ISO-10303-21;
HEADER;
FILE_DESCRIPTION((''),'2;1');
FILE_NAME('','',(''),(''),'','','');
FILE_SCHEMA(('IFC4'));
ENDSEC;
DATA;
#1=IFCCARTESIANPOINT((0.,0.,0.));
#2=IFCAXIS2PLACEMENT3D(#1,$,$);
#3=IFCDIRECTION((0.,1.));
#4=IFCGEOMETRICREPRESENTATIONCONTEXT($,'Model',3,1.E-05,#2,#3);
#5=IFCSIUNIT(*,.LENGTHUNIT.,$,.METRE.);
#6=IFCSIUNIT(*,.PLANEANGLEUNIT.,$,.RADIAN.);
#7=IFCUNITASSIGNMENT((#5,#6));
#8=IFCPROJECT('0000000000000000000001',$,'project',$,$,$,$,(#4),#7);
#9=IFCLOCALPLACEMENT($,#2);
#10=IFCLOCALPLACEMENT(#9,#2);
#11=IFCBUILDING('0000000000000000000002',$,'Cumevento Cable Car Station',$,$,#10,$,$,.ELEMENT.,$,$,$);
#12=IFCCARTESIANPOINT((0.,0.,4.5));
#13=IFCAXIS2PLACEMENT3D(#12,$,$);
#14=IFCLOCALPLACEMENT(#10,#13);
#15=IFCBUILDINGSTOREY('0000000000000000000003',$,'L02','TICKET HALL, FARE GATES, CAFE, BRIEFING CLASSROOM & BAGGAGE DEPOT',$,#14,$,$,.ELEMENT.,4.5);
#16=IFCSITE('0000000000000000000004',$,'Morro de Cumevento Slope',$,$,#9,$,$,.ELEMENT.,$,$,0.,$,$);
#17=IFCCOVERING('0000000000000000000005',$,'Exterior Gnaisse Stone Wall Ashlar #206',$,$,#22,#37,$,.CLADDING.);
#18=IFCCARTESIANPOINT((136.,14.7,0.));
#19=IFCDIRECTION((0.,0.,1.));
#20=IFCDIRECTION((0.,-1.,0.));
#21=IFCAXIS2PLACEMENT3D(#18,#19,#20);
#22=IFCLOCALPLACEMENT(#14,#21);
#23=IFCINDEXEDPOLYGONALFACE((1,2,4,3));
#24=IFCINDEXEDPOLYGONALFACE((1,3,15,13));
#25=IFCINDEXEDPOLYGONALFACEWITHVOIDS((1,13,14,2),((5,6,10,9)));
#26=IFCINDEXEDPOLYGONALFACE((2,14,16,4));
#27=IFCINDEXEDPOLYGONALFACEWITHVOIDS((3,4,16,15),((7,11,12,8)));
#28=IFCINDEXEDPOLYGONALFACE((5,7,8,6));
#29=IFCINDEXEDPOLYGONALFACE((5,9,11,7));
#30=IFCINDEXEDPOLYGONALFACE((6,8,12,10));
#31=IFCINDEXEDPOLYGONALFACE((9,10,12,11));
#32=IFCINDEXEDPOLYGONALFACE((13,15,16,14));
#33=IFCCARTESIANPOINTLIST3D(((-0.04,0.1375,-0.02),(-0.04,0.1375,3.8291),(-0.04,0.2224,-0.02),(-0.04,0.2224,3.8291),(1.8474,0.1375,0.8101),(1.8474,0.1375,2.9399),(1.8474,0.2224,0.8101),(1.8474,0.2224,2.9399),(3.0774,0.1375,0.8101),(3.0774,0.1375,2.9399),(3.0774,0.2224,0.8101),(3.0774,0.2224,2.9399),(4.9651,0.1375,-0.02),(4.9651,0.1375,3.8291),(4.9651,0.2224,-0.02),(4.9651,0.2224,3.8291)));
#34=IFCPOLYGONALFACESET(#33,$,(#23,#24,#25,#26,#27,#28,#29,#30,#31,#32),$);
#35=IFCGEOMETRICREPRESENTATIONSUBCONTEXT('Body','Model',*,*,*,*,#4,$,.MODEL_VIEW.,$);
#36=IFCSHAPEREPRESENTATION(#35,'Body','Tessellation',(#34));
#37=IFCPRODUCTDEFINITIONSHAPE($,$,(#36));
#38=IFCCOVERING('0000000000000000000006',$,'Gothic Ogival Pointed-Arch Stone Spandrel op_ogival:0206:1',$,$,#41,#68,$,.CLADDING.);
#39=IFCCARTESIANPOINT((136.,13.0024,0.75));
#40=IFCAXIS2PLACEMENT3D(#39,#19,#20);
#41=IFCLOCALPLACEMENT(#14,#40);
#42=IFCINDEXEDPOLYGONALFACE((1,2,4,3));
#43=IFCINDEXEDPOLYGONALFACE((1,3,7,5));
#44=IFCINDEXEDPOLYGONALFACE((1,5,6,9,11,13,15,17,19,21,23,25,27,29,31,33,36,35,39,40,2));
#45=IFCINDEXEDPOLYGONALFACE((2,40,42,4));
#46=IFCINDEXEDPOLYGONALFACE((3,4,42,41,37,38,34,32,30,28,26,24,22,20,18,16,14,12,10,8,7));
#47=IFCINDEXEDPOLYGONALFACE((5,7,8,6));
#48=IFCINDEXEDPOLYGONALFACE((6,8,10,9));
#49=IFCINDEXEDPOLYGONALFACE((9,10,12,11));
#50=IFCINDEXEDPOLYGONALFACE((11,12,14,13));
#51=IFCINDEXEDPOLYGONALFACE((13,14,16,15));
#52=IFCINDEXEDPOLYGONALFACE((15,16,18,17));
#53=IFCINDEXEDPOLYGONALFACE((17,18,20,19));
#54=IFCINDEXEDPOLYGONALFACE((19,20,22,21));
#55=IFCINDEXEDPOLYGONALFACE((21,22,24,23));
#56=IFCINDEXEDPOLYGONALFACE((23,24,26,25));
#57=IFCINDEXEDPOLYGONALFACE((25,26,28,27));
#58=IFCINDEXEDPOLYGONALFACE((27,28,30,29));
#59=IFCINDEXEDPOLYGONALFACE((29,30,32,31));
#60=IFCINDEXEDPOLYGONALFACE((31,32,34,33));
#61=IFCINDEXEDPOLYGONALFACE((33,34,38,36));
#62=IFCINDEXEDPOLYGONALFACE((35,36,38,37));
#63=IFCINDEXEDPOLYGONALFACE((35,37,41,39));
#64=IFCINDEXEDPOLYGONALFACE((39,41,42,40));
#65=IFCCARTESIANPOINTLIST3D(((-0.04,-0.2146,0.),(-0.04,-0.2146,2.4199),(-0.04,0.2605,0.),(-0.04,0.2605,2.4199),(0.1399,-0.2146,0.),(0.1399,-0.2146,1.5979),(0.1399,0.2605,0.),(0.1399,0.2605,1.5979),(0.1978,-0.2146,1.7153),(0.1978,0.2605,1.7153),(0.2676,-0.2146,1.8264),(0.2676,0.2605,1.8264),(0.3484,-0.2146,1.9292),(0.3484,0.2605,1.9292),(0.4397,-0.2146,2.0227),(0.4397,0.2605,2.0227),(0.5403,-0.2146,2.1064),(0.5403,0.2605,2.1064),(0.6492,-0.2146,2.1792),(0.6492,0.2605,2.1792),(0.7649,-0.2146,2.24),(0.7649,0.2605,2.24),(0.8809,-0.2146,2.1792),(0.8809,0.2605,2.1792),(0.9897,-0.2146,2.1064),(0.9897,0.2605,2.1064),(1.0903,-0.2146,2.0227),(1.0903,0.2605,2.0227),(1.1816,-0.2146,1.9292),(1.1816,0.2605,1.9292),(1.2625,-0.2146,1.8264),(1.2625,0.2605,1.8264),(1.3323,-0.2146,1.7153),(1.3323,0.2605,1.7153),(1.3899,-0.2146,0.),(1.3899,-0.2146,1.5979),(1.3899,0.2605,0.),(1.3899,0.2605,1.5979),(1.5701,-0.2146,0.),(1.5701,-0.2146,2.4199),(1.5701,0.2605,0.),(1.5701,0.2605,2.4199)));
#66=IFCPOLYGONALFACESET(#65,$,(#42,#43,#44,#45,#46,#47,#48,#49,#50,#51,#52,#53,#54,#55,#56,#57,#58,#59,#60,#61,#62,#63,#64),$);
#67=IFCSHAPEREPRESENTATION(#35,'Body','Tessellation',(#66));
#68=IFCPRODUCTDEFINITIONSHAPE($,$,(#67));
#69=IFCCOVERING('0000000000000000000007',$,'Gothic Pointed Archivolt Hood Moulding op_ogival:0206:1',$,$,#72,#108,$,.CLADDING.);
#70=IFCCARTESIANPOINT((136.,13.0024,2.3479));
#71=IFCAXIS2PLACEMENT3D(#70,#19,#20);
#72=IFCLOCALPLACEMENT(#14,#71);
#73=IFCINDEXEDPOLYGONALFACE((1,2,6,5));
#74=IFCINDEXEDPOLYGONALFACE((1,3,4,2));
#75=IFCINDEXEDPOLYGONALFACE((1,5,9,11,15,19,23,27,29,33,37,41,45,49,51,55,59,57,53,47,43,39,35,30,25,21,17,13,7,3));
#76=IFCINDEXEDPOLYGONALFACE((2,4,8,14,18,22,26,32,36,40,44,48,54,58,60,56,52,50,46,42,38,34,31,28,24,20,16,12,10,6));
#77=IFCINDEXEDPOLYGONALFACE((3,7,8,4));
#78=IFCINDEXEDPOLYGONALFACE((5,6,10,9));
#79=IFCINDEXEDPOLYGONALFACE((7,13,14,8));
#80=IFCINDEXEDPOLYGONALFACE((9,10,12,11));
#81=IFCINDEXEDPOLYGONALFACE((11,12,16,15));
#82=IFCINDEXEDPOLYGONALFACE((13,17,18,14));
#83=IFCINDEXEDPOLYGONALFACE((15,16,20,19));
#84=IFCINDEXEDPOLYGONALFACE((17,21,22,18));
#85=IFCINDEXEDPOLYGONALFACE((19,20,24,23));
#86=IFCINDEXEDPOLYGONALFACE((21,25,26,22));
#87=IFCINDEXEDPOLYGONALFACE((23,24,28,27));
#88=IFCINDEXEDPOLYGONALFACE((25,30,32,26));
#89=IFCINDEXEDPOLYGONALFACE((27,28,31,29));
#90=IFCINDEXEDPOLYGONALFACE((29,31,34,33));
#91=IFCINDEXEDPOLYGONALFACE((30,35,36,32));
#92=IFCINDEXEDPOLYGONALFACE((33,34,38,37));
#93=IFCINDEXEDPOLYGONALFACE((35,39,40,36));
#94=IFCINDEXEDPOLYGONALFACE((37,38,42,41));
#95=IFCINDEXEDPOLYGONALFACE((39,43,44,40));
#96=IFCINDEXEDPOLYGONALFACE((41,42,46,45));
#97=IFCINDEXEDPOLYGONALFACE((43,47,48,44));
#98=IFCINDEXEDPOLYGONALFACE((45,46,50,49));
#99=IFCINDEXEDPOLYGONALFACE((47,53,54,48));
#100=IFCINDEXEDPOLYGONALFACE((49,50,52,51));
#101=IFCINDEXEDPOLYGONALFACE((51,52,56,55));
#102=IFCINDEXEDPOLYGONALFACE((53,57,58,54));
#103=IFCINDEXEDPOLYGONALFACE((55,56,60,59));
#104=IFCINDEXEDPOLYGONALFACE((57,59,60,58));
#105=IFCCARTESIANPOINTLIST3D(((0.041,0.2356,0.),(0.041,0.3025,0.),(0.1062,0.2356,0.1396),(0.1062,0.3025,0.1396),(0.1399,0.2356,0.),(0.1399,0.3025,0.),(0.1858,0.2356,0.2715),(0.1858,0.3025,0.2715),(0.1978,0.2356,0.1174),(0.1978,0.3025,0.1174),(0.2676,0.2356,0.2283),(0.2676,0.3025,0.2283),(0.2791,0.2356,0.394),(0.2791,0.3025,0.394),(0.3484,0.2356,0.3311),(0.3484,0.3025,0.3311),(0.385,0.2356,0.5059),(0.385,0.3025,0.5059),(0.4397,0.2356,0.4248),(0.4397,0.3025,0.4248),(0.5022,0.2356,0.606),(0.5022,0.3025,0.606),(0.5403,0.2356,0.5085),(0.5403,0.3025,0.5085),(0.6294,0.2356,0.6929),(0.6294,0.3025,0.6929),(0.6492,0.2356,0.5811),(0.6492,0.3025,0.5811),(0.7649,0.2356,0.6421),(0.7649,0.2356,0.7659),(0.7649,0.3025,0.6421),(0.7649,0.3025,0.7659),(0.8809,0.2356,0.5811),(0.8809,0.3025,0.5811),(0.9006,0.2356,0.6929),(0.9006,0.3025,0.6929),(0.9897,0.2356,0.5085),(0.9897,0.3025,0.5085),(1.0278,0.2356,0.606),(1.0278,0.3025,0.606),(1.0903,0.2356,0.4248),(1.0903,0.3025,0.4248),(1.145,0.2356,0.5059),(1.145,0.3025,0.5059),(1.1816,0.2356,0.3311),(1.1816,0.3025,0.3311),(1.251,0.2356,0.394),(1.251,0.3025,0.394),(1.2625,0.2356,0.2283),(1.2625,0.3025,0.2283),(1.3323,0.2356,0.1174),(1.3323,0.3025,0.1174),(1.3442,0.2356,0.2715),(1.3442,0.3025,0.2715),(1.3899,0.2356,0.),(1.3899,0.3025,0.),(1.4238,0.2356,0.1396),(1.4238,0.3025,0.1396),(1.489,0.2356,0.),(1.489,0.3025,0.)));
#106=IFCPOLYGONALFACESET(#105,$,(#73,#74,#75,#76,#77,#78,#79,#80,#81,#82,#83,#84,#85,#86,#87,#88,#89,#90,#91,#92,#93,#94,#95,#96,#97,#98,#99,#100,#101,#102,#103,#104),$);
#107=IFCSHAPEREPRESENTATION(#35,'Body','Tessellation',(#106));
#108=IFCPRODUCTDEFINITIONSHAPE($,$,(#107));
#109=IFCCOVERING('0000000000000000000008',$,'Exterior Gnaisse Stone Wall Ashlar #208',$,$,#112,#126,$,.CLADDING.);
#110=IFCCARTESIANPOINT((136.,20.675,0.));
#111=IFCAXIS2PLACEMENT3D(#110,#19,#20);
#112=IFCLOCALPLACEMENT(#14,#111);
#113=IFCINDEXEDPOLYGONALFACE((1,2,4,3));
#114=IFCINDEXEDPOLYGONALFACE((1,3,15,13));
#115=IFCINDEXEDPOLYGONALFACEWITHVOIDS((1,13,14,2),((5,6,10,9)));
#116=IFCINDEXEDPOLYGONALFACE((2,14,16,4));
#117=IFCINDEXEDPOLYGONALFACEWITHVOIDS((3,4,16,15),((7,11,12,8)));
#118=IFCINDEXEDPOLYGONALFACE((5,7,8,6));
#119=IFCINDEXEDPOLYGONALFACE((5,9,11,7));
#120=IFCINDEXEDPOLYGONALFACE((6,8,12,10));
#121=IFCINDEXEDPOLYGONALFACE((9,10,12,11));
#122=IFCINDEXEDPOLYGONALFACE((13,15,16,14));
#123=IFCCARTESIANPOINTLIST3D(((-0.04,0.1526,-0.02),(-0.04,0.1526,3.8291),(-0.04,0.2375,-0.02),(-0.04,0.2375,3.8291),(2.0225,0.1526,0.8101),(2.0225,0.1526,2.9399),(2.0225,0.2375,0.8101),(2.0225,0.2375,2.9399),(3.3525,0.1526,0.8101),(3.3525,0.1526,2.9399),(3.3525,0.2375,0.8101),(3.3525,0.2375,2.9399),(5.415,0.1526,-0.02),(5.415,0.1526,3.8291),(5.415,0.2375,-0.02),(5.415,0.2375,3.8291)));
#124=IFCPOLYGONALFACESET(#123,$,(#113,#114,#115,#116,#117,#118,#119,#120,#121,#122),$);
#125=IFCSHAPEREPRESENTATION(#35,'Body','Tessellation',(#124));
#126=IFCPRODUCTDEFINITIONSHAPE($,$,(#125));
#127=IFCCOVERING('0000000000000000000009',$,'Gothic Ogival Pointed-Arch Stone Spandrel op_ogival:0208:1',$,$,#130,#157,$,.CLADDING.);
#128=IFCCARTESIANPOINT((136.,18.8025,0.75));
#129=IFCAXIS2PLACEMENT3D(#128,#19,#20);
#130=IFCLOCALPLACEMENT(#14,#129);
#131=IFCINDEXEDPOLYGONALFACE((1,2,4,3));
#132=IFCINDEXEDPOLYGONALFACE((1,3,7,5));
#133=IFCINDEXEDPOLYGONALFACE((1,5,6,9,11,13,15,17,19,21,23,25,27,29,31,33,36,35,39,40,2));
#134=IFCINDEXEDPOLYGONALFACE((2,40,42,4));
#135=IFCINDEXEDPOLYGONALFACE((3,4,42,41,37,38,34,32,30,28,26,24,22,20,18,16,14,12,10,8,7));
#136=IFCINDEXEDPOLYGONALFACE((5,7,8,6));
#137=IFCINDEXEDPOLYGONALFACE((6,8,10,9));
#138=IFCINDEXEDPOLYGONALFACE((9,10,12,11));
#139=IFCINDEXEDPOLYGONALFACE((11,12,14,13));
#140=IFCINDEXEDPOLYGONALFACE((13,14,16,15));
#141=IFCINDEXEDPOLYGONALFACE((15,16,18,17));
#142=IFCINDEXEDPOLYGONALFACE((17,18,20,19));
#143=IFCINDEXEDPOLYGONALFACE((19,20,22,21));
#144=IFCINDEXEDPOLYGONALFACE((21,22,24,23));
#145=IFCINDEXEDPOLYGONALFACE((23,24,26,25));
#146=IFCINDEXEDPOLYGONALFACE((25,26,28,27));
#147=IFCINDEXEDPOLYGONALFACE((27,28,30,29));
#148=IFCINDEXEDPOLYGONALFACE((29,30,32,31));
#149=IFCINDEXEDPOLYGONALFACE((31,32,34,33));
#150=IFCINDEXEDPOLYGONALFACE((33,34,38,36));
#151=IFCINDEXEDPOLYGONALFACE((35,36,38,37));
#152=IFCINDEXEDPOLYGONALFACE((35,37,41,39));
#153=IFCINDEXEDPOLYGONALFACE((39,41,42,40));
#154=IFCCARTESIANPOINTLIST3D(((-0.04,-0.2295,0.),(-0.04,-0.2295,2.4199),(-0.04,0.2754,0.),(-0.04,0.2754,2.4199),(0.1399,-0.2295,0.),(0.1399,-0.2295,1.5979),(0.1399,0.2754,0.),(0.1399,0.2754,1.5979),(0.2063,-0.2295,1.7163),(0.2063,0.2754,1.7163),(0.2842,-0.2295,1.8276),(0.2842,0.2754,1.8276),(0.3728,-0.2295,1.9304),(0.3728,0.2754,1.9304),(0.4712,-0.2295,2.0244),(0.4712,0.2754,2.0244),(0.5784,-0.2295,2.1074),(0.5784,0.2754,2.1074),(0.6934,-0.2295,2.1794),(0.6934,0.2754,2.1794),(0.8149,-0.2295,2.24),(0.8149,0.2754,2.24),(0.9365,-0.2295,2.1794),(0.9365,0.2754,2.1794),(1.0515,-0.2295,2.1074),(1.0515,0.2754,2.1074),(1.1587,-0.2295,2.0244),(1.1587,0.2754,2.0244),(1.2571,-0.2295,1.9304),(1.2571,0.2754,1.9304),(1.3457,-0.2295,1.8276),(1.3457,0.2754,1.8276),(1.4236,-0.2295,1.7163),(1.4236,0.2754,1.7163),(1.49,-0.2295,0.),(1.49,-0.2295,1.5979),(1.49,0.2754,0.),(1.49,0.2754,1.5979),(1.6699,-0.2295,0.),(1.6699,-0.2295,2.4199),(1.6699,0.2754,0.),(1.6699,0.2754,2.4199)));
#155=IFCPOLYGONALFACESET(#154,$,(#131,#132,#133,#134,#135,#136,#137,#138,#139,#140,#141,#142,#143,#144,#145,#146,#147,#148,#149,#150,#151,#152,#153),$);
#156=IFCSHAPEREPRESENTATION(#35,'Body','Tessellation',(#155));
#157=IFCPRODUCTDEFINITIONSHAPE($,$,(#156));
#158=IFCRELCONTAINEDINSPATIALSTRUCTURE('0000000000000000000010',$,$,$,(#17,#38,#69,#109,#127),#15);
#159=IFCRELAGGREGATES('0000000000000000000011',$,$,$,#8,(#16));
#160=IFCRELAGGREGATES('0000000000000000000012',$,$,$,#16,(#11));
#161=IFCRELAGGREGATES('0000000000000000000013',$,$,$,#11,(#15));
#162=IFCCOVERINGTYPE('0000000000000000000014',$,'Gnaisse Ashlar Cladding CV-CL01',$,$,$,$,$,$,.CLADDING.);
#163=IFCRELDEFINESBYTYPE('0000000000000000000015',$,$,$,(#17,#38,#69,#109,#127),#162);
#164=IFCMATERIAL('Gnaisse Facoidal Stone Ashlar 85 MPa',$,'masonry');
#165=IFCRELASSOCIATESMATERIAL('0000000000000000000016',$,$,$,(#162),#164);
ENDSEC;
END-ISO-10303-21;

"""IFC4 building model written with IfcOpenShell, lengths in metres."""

from ifc_helpers import new_model, si_unit, direction, frame, origin, place, context, subcontext, project, spatial, polyline, outline, extrude, material, type_object, element, save


model = new_model("IFC4")

# Units and contexts
model_context = context("Model", 3, precision=1e-05, world=origin(), true_north=direction((0.0, 1.0)))
body_context = subcontext(model_context, "Body", "Model", "MODEL_VIEW")
ifc_project = project(units=[si_unit("LENGTHUNIT", "METRE"), si_unit("PLANEANGLEUNIT", "RADIAN")], contexts=[model_context])

# Site, building, storey
site_placement = place(None, origin())
site = spatial("IfcSite", under=ifc_project, at=site_placement, Name="Morro de Cumevento Slope", CompositionType="ELEMENT", RefElevation=0.0)
building_placement = place(site_placement, origin())
building = spatial("IfcBuilding", under=site, at=building_placement, Name="Cumevento Cable Car Station", CompositionType="ELEMENT")
storey_placement = place(building_placement, frame((0.0, 0.0, 4.5)))
storey = spatial("IfcBuildingStorey", under=building, at=storey_placement, Name="L02", Description="TICKET HALL, FARE GATES, CAFE, BRIEFING CLASSROOM & BAGGAGE DEPOT", CompositionType="ELEMENT", Elevation=4.5)

# Coverings
ifc_material_1 = material(Name="Gnaisse Facoidal Stone Ashlar 85 MPa", Category="masonry")
covering_type = type_object("IfcCoveringType", Name="Gnaisse Ashlar Cladding CV-CL01", PredefinedType="CLADDING", material=ifc_material_1)
covering_1_placement = place(storey_placement, frame((136.0, 14.7, 0.0), z_axis=(0.0, 0.0, 1.0), x_axis=(0.0, -1.0, 0.0)))
element("IfcCovering", 1, at=covering_1_placement, inside=storey, type_object=covering_type, Name="Exterior Gnaisse Stone Wall Ashlar #206", PredefinedType="CLADDING", context=body_context, shape_type="SweptSolid", body=[
    extrude(outline(polyline([(-0.04, -0.02), (4.9651, -0.02), (4.9651, 3.8291), (-0.04, 3.8291), (-0.04, -0.02)]), holes=[polyline([(1.8474, 0.8101), (3.0774, 0.8101), (3.0774, 2.9399), (1.8474, 2.9399), (1.8474, 0.8101)])]), frame((0.0, 0.2224, 0.0), z_axis=(0.0, -1.0, 0.0), x_axis=(1.0, 0.0, 0.0)), (0.0, 0.0, 1.0), 0.085),
])
covering_2_placement = place(storey_placement, frame((136.0, 13.0024, 0.75), z_axis=(0.0, 0.0, 1.0), x_axis=(0.0, -1.0, 0.0)))
element("IfcCovering", 2, at=covering_2_placement, inside=storey, type_object=covering_type, Name="Gothic Ogival Pointed-Arch Stone Spandrel op_ogival:0206:1", PredefinedType="CLADDING", context=body_context, shape_type="SweptSolid", body=[
    extrude(outline(polyline([(-0.04, 0.0), (-0.04, 2.4199), (1.5701, 2.4199), (1.5701, 0.0), (1.3899, 0.0), (1.3899, 1.5979), (1.3323, 1.7153), (1.2625, 1.8264), (1.1816, 1.9292), (1.0903, 2.0227), (0.9897, 2.1064), (0.8809, 2.1792), (0.7649, 2.24), (0.6492, 2.1792), (0.5403, 2.1064), (0.4397, 2.0227), (0.3484, 1.9292), (0.2676, 1.8264), (0.1978, 1.7153), (0.1399, 1.5979), (0.1399, 0.0), (-0.04, 0.0)])), frame((0.0, 0.2605, 0.0), z_axis=(0.0, -1.0, 0.0), x_axis=(1.0, 0.0, 0.0)), (0.0, 0.0, 1.0), 0.4751),
])
covering_3_placement = place(storey_placement, frame((136.0, 13.0024, 2.3479), z_axis=(0.0, 0.0, 1.0), x_axis=(0.0, -1.0, 0.0)))
element("IfcCovering", 3, at=covering_3_placement, inside=storey, type_object=covering_type, Name="Gothic Pointed Archivolt Hood Moulding op_ogival:0206:1", PredefinedType="CLADDING", context=body_context, shape_type="SweptSolid", body=[
    extrude(outline(polyline([(0.1399, 0.0), (0.1978, 0.1174), (0.2676, 0.2283), (0.3484, 0.3311), (0.4397, 0.4248), (0.5403, 0.5085), (0.6492, 0.5811), (0.7649, 0.6421), (0.8809, 0.5811), (0.9897, 0.5085), (1.0903, 0.4248), (1.1816, 0.3311), (1.2625, 0.2283), (1.3323, 0.1174), (1.3899, 0.0), (1.489, 0.0), (1.4238, 0.1396), (1.3442, 0.2715), (1.251, 0.394), (1.145, 0.5059), (1.0278, 0.606), (0.9006, 0.6929), (0.7649, 0.7659), (0.6294, 0.6929), (0.5022, 0.606), (0.385, 0.5059), (0.2791, 0.394), (0.1858, 0.2715), (0.1062, 0.1396), (0.041, 0.0), (0.1399, 0.0)])), frame((0.0, 0.3025, 0.0), z_axis=(0.0, -1.0, 0.0), x_axis=(1.0, 0.0, 0.0)), (0.0, 0.0, 1.0), 0.0669),
])
covering_4_placement = place(storey_placement, frame((136.0, 20.675, 0.0), z_axis=(0.0, 0.0, 1.0), x_axis=(0.0, -1.0, 0.0)))
element("IfcCovering", 4, at=covering_4_placement, inside=storey, type_object=covering_type, Name="Exterior Gnaisse Stone Wall Ashlar #208", PredefinedType="CLADDING", context=body_context, shape_type="SweptSolid", body=[
    extrude(outline(polyline([(-0.04, -0.02), (5.415, -0.02), (5.415, 3.8291), (-0.04, 3.8291), (-0.04, -0.02)]), holes=[polyline([(2.0225, 0.8101), (3.3525, 0.8101), (3.3525, 2.9399), (2.0225, 2.9399), (2.0225, 0.8101)])]), frame((0.0, 0.2375, 0.0), z_axis=(0.0, -1.0, 0.0), x_axis=(1.0, 0.0, 0.0)), (0.0, 0.0, 1.0), 0.085),
])
covering_5_placement = place(storey_placement, frame((136.0, 18.8025, 0.75), z_axis=(0.0, 0.0, 1.0), x_axis=(0.0, -1.0, 0.0)))
element("IfcCovering", 5, at=covering_5_placement, inside=storey, type_object=covering_type, Name="Gothic Ogival Pointed-Arch Stone Spandrel op_ogival:0208:1", PredefinedType="CLADDING", context=body_context, shape_type="SweptSolid", body=[
    extrude(outline(polyline([(-0.04, 0.0), (-0.04, 2.4199), (1.6699, 2.4199), (1.6699, 0.0), (1.49, 0.0), (1.49, 1.5979), (1.4236, 1.7163), (1.3457, 1.8276), (1.2571, 1.9304), (1.1587, 2.0244), (1.0515, 2.1074), (0.9365, 2.1794), (0.8149, 2.24), (0.6934, 2.1794), (0.5784, 2.1074), (0.4712, 2.0244), (0.3728, 1.9304), (0.2842, 1.8276), (0.2063, 1.7163), (0.1399, 1.5979), (0.1399, 0.0), (-0.04, 0.0)])), frame((0.0, 0.2754, 0.0), z_axis=(0.0, -1.0, 0.0), x_axis=(1.0, 0.0, 0.0)), (0.0, 0.0, 1.0), 0.5049),
])

save(model, "model.ifc")
